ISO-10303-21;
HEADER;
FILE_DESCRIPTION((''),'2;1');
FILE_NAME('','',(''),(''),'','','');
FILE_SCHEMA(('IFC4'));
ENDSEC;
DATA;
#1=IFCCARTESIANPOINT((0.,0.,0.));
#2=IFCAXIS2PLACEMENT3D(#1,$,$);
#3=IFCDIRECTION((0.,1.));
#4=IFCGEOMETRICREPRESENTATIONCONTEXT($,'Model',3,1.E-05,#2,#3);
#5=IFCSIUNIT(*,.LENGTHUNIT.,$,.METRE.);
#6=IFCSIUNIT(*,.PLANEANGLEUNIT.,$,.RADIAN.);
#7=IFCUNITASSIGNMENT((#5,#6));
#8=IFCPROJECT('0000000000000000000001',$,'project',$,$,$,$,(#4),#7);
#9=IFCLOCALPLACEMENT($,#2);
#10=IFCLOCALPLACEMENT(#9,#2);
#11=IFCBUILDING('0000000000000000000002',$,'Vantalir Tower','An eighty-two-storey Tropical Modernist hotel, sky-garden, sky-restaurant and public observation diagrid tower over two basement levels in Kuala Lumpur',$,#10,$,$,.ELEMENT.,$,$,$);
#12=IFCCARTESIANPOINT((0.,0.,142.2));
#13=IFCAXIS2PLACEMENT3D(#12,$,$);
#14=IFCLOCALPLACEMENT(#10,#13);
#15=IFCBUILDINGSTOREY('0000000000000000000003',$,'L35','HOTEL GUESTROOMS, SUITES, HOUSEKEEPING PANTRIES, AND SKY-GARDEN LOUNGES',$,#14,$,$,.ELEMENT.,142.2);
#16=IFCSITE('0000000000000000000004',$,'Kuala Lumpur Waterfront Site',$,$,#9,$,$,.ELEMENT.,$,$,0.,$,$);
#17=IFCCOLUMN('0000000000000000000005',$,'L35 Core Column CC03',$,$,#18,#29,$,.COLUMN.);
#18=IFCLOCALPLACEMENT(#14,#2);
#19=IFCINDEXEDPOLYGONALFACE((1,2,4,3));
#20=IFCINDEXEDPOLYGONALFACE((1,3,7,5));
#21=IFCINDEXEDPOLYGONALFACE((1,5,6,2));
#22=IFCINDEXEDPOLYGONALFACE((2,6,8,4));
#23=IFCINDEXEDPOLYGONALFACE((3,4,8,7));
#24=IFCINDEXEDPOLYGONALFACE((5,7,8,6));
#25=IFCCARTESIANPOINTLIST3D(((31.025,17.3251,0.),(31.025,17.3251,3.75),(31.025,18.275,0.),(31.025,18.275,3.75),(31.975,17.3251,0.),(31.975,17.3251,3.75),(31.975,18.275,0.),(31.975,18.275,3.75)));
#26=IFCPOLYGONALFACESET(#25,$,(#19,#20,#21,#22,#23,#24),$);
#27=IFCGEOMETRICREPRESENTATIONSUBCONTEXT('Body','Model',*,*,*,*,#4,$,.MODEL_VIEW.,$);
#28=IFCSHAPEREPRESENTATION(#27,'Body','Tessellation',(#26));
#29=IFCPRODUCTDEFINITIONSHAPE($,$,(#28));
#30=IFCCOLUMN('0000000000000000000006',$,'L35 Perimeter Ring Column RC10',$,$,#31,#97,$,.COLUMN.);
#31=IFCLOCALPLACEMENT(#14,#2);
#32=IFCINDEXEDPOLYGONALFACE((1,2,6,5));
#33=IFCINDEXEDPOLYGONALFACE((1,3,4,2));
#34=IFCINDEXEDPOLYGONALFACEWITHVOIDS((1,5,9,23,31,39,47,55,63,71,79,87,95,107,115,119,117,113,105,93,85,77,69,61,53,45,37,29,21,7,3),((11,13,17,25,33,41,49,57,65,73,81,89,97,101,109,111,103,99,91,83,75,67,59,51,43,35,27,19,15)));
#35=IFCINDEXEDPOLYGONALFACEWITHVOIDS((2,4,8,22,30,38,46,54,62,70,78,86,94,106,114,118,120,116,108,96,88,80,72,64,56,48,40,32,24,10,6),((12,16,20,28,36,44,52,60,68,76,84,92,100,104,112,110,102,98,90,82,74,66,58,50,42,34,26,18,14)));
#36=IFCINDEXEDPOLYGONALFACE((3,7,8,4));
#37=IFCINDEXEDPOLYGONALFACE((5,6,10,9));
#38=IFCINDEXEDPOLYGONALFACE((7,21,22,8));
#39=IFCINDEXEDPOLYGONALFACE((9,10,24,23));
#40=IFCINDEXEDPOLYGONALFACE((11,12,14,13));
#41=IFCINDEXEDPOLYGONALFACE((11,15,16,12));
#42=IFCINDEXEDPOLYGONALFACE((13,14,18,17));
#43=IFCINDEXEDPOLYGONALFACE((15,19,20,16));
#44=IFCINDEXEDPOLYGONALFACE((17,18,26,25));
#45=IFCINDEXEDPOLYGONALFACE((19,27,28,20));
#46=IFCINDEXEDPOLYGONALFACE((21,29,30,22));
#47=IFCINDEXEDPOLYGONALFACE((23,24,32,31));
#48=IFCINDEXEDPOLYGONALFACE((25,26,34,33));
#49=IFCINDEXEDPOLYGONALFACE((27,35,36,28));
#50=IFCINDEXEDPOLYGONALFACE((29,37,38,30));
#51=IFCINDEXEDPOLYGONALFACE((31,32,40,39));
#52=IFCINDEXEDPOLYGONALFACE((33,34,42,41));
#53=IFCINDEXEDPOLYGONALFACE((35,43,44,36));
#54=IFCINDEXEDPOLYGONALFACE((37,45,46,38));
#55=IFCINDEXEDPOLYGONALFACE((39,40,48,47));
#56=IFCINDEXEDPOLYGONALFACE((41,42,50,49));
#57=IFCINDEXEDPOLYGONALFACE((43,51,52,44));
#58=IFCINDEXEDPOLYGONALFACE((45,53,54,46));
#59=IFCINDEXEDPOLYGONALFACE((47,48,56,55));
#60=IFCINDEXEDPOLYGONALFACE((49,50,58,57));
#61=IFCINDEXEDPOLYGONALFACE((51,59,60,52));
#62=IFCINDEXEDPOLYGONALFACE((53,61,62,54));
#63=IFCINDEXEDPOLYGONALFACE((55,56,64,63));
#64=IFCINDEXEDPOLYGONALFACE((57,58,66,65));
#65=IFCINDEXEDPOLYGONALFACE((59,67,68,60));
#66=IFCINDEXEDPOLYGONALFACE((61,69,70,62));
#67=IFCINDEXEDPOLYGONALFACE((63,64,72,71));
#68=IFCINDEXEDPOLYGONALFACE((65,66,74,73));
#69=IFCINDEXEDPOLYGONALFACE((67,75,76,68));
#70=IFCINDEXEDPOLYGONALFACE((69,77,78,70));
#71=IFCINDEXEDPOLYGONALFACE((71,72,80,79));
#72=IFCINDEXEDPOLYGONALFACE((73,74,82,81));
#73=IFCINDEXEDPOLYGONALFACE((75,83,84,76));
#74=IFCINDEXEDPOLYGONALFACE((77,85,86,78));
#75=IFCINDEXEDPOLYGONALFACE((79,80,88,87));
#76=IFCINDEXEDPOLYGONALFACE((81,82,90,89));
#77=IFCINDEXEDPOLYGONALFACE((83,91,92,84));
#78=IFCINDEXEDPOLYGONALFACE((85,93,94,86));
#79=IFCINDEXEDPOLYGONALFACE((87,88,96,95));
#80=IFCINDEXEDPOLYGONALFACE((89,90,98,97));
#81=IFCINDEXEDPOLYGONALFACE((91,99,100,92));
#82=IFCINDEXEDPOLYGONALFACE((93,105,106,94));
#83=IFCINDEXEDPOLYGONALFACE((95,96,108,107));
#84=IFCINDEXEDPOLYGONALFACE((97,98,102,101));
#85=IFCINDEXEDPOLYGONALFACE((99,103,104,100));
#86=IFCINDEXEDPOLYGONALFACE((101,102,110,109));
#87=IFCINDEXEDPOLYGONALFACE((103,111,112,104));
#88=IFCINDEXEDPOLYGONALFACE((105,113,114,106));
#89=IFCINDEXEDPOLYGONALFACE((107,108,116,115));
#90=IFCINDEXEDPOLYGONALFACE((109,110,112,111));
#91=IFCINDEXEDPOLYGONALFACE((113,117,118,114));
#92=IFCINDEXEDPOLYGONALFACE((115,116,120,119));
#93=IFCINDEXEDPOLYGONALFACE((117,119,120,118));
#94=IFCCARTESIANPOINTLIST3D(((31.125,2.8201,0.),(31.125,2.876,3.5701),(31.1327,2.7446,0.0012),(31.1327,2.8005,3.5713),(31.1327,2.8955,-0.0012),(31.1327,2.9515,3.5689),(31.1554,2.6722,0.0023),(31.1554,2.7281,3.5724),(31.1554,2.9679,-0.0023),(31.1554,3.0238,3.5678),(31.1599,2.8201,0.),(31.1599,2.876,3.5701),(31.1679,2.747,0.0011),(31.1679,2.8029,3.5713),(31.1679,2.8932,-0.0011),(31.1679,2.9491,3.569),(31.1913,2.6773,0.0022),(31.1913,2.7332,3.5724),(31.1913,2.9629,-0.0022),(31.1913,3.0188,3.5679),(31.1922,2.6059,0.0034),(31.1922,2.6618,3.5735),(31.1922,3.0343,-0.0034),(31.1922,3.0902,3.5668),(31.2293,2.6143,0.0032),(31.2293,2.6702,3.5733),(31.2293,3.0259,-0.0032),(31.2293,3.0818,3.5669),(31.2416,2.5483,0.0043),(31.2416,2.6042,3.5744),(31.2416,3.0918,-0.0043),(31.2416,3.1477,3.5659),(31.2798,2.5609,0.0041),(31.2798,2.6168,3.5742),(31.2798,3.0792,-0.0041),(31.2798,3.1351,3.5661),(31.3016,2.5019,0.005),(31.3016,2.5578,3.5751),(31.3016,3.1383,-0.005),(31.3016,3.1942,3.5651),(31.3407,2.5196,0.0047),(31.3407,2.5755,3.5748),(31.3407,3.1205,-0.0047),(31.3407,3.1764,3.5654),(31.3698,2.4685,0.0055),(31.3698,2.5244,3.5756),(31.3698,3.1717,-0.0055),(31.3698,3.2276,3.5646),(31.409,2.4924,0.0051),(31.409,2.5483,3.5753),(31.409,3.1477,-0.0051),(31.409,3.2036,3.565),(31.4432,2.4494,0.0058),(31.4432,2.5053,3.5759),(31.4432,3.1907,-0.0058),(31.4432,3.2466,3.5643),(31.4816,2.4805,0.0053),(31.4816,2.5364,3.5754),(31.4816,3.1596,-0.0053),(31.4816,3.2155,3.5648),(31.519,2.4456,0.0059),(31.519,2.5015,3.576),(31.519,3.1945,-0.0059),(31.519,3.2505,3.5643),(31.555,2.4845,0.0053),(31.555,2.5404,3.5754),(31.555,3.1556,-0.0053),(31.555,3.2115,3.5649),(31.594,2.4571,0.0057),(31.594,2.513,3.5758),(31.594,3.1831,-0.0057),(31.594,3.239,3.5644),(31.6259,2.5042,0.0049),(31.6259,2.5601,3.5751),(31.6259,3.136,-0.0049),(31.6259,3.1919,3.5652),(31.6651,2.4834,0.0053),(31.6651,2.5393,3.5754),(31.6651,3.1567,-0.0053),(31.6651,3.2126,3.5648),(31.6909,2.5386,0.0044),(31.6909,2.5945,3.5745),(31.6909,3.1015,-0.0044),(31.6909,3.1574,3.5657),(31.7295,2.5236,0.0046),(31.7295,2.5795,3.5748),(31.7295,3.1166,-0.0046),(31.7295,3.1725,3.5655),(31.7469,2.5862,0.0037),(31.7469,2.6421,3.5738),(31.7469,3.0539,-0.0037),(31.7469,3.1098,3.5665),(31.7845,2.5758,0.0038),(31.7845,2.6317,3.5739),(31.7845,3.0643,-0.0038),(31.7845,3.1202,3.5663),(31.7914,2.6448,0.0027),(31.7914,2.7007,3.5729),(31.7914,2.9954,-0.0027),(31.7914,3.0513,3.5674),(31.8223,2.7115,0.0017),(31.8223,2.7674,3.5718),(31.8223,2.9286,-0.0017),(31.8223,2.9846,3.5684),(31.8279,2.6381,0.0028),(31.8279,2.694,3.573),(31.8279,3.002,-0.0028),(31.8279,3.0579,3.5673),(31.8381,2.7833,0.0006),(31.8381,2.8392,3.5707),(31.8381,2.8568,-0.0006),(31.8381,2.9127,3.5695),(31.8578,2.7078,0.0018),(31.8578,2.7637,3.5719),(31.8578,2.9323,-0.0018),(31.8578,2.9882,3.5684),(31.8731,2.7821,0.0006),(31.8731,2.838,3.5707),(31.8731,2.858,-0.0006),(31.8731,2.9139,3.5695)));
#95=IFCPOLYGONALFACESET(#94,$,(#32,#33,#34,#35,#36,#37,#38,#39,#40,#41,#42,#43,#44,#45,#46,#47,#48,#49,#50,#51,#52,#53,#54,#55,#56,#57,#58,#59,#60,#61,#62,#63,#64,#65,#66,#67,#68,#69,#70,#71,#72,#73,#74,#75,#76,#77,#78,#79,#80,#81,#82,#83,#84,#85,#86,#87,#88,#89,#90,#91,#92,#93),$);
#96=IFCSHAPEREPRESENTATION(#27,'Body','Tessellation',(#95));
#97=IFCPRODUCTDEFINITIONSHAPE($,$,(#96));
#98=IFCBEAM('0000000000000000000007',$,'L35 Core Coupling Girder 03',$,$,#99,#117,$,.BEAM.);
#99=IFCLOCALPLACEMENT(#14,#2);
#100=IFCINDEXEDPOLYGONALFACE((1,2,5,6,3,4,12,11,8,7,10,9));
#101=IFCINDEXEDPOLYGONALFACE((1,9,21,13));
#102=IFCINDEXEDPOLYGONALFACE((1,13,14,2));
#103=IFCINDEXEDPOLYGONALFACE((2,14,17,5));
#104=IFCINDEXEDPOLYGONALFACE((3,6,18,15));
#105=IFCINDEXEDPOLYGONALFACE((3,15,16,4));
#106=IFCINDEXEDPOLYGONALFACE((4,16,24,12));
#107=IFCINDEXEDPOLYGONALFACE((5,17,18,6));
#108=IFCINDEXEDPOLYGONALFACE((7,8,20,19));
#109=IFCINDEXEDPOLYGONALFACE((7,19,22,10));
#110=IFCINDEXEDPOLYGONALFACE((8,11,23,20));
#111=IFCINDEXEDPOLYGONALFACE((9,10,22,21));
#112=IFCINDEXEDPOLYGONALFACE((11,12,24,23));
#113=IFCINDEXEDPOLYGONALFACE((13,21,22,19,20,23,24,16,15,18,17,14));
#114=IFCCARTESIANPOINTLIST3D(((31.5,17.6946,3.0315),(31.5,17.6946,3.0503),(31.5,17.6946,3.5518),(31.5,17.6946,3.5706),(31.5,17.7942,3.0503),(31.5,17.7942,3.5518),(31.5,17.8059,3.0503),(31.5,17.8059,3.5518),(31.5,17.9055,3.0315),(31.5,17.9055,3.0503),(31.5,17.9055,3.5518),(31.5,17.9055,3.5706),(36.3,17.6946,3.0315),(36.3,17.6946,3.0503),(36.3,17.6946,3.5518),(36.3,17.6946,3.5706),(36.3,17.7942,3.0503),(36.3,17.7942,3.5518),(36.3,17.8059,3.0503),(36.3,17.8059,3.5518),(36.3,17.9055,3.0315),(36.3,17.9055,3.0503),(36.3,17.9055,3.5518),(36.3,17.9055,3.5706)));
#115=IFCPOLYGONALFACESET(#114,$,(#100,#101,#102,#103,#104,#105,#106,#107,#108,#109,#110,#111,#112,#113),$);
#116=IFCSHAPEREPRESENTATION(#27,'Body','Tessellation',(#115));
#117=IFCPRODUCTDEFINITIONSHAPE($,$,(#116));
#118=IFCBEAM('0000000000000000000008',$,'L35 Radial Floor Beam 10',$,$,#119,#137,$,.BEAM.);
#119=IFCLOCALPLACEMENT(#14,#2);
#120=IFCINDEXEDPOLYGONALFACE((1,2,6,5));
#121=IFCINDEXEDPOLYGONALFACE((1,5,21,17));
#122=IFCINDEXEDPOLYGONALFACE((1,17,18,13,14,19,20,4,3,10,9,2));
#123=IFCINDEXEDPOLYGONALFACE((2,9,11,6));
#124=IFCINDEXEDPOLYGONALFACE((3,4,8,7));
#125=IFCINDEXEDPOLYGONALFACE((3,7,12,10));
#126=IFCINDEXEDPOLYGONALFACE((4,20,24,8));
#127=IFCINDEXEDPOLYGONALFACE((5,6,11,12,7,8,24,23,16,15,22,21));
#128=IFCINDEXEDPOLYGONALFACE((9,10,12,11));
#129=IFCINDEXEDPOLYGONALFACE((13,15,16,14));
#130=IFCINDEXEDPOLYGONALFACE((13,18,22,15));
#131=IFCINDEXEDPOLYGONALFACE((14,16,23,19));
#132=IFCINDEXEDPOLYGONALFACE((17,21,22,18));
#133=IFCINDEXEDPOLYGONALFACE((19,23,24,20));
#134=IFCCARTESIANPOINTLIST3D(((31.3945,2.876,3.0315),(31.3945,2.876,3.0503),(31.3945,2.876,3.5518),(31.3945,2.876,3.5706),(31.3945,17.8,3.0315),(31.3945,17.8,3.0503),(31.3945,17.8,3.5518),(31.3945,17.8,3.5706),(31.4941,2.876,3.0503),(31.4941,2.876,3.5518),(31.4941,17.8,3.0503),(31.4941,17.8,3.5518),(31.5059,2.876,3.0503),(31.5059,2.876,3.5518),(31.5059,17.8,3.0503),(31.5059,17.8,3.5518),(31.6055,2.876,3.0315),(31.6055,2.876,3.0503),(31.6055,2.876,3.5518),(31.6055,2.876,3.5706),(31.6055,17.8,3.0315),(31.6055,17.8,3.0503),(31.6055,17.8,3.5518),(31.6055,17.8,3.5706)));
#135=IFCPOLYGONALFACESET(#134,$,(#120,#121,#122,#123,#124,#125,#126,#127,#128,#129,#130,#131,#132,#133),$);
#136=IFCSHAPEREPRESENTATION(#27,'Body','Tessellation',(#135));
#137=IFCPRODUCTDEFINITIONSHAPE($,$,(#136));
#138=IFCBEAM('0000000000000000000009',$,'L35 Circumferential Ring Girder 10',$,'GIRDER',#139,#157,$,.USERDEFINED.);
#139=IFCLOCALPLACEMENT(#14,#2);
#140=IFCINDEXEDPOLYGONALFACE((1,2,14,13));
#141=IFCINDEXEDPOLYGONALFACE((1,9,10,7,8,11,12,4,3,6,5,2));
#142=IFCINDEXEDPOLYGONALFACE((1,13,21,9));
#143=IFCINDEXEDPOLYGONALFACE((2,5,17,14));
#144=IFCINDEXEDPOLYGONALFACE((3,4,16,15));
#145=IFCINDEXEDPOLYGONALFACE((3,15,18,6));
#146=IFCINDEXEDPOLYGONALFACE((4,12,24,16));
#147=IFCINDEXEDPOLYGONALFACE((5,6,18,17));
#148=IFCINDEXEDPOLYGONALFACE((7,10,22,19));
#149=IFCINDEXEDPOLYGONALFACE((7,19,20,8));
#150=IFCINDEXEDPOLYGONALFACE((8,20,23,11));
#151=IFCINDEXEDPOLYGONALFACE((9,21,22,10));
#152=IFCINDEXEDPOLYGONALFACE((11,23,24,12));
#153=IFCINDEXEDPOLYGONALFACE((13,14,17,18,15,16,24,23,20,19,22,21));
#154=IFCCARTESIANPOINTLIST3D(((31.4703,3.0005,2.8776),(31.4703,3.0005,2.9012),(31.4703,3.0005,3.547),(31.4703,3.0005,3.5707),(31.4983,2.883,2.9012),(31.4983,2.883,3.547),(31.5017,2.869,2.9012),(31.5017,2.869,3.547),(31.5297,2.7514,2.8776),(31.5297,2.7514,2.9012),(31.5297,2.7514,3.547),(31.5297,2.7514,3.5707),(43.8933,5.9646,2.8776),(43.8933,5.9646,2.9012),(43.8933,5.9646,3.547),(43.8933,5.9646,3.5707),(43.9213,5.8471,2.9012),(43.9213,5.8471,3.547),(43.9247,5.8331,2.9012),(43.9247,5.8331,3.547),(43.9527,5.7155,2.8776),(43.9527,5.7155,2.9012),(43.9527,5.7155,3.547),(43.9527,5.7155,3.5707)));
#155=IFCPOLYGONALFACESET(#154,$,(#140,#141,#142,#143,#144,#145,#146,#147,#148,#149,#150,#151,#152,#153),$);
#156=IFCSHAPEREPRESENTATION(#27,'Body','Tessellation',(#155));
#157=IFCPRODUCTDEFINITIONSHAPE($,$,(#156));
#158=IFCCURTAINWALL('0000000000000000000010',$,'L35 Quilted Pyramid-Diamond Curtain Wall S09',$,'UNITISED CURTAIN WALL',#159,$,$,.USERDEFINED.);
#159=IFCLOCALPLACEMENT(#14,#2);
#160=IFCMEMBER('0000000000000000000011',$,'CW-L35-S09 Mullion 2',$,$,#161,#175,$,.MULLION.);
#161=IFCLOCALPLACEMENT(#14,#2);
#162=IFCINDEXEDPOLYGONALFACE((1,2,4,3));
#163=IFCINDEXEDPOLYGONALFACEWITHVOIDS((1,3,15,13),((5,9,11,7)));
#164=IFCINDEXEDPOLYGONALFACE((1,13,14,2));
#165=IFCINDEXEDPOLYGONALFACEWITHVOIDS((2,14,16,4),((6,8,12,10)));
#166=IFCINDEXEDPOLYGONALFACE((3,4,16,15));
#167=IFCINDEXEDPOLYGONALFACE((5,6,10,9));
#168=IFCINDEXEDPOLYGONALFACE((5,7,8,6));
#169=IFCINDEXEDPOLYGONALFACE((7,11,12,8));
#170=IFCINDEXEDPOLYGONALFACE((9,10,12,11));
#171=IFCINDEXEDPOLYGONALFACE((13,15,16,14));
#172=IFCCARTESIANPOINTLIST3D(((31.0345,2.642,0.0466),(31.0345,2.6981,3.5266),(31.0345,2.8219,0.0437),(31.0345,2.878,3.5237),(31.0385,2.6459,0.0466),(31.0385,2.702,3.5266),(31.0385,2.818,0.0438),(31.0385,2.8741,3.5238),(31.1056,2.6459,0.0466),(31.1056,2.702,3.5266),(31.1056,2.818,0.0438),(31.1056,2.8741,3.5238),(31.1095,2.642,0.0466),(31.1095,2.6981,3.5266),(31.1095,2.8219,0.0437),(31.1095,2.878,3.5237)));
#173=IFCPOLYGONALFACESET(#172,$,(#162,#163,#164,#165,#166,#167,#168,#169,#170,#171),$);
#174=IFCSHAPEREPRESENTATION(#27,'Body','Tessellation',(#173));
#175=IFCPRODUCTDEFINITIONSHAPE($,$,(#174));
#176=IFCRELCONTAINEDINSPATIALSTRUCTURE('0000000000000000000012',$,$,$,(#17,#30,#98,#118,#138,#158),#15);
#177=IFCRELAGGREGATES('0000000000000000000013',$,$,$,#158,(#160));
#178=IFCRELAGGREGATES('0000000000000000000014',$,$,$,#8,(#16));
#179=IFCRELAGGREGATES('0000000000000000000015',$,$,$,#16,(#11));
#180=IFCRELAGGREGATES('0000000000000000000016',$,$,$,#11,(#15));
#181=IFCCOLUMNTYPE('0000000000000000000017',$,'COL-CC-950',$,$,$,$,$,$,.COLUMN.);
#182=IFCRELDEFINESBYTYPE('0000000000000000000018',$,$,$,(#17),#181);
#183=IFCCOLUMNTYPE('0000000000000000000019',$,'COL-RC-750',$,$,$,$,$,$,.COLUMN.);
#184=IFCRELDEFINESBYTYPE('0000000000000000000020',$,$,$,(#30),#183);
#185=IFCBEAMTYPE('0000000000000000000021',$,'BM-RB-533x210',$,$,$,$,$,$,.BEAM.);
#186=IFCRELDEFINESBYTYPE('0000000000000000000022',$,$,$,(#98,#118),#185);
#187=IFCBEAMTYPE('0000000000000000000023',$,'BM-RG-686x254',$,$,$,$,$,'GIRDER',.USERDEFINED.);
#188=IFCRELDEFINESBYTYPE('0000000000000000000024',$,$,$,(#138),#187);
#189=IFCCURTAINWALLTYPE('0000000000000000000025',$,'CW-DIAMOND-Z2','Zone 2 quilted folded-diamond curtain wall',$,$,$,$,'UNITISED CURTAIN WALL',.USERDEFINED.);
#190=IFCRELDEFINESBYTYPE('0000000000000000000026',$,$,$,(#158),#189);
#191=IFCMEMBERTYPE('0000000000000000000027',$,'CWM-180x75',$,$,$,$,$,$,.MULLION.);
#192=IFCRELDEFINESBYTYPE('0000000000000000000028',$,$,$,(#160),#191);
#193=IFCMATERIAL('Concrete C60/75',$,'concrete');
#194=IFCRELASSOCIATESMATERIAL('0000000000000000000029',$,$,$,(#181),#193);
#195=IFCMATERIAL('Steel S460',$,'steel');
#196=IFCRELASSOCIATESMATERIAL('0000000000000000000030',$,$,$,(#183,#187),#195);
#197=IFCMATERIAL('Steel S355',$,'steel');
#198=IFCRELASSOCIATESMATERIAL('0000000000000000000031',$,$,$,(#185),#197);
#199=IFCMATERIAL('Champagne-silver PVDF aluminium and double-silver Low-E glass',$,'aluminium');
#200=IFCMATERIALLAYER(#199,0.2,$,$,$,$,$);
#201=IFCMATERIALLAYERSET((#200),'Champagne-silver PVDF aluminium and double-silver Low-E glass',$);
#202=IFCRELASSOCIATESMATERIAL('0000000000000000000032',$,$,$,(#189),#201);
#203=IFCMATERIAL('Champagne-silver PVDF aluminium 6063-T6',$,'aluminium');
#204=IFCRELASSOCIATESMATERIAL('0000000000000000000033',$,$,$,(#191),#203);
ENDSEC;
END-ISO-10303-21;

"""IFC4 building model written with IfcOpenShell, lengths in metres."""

from ifc_helpers import new_model, si_unit, direction, frame, origin, origin_2d, place, context, subcontext, project, spatial, rectangle, hollow_rectangle, hollow_circle, i_section, extrude, material, layer, layer_set, material_profile, profile_set, type_object, element, aggregate, save


model = new_model("IFC4")

# Units and contexts
model_context = context("Model", 3, precision=1e-05, world=origin(), true_north=direction((0.0, 1.0)))
body_context = subcontext(model_context, "Body", "Model", "MODEL_VIEW")
ifc_project = project(units=[si_unit("LENGTHUNIT", "METRE"), si_unit("PLANEANGLEUNIT", "RADIAN")], contexts=[model_context])

# Site, building, storey
site_placement = place(None, origin())
site = spatial("IfcSite", under=ifc_project, at=site_placement, Name="Kuala Lumpur Waterfront Site", CompositionType="ELEMENT", RefElevation=0.0)
building_placement = place(site_placement, origin())
building = spatial("IfcBuilding", under=site, at=building_placement, Name="Vantalir Tower", Description="An eighty-two-storey Tropical Modernist hotel, sky-garden, sky-restaurant and public observation diagrid tower over two basement levels in Kuala Lumpur", CompositionType="ELEMENT")
storey_placement = place(building_placement, frame((0.0, 0.0, 142.2)))
storey = spatial("IfcBuildingStorey", under=building, at=storey_placement, Name="L35", Description="HOTEL GUESTROOMS, SUITES, HOUSEKEEPING PANTRIES, AND SKY-GARDEN LOUNGES", CompositionType="ELEMENT", Elevation=142.2)

# Columns
ifc_material_1 = material(Name="Concrete C60/75", Category="concrete")
ifc_material_profile_1 = material_profile(ifc_material_1, rectangle(XDim=0.95, YDim=0.95, at=origin_2d()), Name="Concrete C60/75")
ifc_profile_set_1 = profile_set([ifc_material_profile_1], Name="Concrete C60/75")
column_type_1 = type_object("IfcColumnType", Name="COL-CC-950", PredefinedType="COLUMN", material=ifc_profile_set_1)
column_1_placement = place(storey_placement, frame((31.5, 17.8, 0.0), z_axis=(0.0, 0.0, 1.0), x_axis=(1.0, 0.0, 0.0)))
element("IfcColumn", 1, at=column_1_placement, inside=storey, type_object=column_type_1, Name="L35 Core Column CC03", PredefinedType="COLUMN", context=body_context, shape_type="SweptSolid", body=[
    extrude(rectangle(XDim=0.95, YDim=0.95, at=origin_2d()), origin(), (0.0, 0.0, 1.0), 3.75),
])
ifc_material_2 = material(Name="Steel S460", Category="steel")
ifc_material_profile_2 = material_profile(ifc_material_2, hollow_circle(Radius=0.375, WallThickness=0.0349, at=origin_2d()), Name="Steel S460")
ifc_profile_set_2 = profile_set([ifc_material_profile_2], Name="Steel S460")
column_type_2 = type_object("IfcColumnType", Name="COL-RC-750", PredefinedType="COLUMN", material=ifc_profile_set_2)
column_2_placement = place(storey_placement, frame((31.5, 2.8201, 0.0), z_axis=(0.0, 0.015658, 0.999877), x_axis=(-1.0, 0.0, 0.0)))
element("IfcColumn", 2, at=column_2_placement, inside=storey, type_object=column_type_2, Name="L35 Perimeter Ring Column RC10", PredefinedType="COLUMN", context=body_context, shape_type="SweptSolid", body=[
    extrude(hollow_circle(Radius=0.375, WallThickness=0.0349, at=origin_2d()), origin(), (0.0, 0.0, 1.0), 3.5706),
])

# Beams
ifc_material_3 = material(Name="Steel S355", Category="steel")
ifc_material_profile_3 = material_profile(ifc_material_3, i_section(OverallWidth=0.2109, OverallDepth=0.5391, WebThickness=0.0117, FlangeThickness=0.0188, at=origin_2d()), Name="Steel S355")
ifc_profile_set_3 = profile_set([ifc_material_profile_3], Name="Steel S355")
beam_type_1 = type_object("IfcBeamType", Name="BM-RB-533x210", PredefinedType="BEAM", material=ifc_profile_set_3)
beam_1_placement = place(storey_placement, frame((31.5, 17.8, 3.301), z_axis=(1.0, 0.0, 0.0), x_axis=(0.0, 1.0, 0.0)))
element("IfcBeam", 3, at=beam_1_placement, inside=storey, type_object=beam_type_1, Name="L35 Core Coupling Girder 03", PredefinedType="BEAM", context=body_context, shape_type="SweptSolid", body=[
    extrude(i_section(OverallWidth=0.2109, OverallDepth=0.5391, WebThickness=0.0117, FlangeThickness=0.0188, at=origin_2d()), origin(), (0.0, 0.0, 1.0), 4.8),
])
beam_2_placement = place(storey_placement, frame((31.5, 2.876, 3.301), z_axis=(0.0, 1.0, 0.0), x_axis=(-1.0, 0.0, 0.0)))
element("IfcBeam", 4, at=beam_2_placement, inside=storey, type_object=beam_type_1, Name="L35 Radial Floor Beam 10", PredefinedType="BEAM", context=body_context, shape_type="SweptSolid", body=[
    extrude(i_section(OverallWidth=0.2109, OverallDepth=0.5391, WebThickness=0.0117, FlangeThickness=0.0188, at=origin_2d()), origin(), (0.0, 0.0, 1.0), 14.9241),
])
ifc_material_profile_4 = material_profile(ifc_material_2, i_section(OverallWidth=0.2561, OverallDepth=0.6931, WebThickness=0.0144, FlangeThickness=0.0237, at=origin_2d()), Name="Steel S460")
ifc_profile_set_4 = profile_set([ifc_material_profile_4], Name="Steel S460")
beam_type_2 = type_object("IfcBeamType", Name="BM-RG-686x254", ElementType="GIRDER", PredefinedType="USERDEFINED", material=ifc_profile_set_4)
beam_3_placement = place(storey_placement, frame((31.5, 2.876, 3.2241), z_axis=(0.972696, 0.232082, 0.0), x_axis=(-0.232082, 0.972696, 0.0)))
element("IfcBeam", 5, at=beam_3_placement, inside=storey, type_object=beam_type_2, Name="L35 Circumferential Ring Girder 10", ObjectType="GIRDER", PredefinedType="USERDEFINED", context=body_context, shape_type="SweptSolid", body=[
    extrude(i_section(OverallWidth=0.2561, OverallDepth=0.6931, WebThickness=0.0144, FlangeThickness=0.0237, at=origin_2d()), origin(), (0.0, 0.0, 1.0), 12.7717),
])

# Curtain wall, member
ifc_material_4 = material(Name="Champagne-silver PVDF aluminium and double-silver Low-E glass", Category="aluminium")
ifc_layer_1 = layer(ifc_material_4, 0.2)
ifc_layer_set_1 = layer_set([ifc_layer_1], Name="Champagne-silver PVDF aluminium and double-silver Low-E glass")
curtain_wall_type = type_object("IfcCurtainWallType", Name="CW-DIAMOND-Z2", Description="Zone 2 quilted folded-diamond curtain wall", ElementType="UNITISED CURTAIN WALL", PredefinedType="USERDEFINED", material=ifc_layer_set_1)
curtain_wall_1_placement = place(storey_placement, origin())
curtain_wall_1 = element("IfcCurtainWall", 6, at=curtain_wall_1_placement, inside=storey, type_object=curtain_wall_type, Name="L35 Quilted Pyramid-Diamond Curtain Wall S09", ObjectType="UNITISED CURTAIN WALL", PredefinedType="USERDEFINED")
ifc_material_5 = material(Name="Champagne-silver PVDF aluminium 6063-T6", Category="aluminium")
ifc_material_profile_5 = material_profile(ifc_material_5, hollow_rectangle(XDim=0.075, YDim=0.1799, WallThickness=0.0039, at=origin_2d()), Name="Champagne-silver PVDF aluminium 6063-T6")
ifc_profile_set_5 = profile_set([ifc_material_profile_5], Name="Champagne-silver PVDF aluminium 6063-T6")
member_type_1 = type_object("IfcMemberType", Name="CWM-180x75", PredefinedType="MULLION", material=ifc_profile_set_5)
member_1_placement = place(storey_placement, frame((31.072, 2.7319, 0.0452), z_axis=(0.0, 0.016134, 0.99987), x_axis=(-1.0, 0.0, 0.0)))
member_1 = element("IfcMember", 7, at=member_1_placement, type_object=member_type_1, Name="CW-L35-S09 Mullion 2", PredefinedType="MULLION", context=body_context, shape_type="SweptSolid", body=[
    extrude(hollow_rectangle(XDim=0.075, YDim=0.1799, WallThickness=0.0039, at=origin_2d()), origin(), (0.0, 0.0, 1.0), 3.4805),
])
aggregate(curtain_wall_1, [member_1])

save(model, "model.ifc")
